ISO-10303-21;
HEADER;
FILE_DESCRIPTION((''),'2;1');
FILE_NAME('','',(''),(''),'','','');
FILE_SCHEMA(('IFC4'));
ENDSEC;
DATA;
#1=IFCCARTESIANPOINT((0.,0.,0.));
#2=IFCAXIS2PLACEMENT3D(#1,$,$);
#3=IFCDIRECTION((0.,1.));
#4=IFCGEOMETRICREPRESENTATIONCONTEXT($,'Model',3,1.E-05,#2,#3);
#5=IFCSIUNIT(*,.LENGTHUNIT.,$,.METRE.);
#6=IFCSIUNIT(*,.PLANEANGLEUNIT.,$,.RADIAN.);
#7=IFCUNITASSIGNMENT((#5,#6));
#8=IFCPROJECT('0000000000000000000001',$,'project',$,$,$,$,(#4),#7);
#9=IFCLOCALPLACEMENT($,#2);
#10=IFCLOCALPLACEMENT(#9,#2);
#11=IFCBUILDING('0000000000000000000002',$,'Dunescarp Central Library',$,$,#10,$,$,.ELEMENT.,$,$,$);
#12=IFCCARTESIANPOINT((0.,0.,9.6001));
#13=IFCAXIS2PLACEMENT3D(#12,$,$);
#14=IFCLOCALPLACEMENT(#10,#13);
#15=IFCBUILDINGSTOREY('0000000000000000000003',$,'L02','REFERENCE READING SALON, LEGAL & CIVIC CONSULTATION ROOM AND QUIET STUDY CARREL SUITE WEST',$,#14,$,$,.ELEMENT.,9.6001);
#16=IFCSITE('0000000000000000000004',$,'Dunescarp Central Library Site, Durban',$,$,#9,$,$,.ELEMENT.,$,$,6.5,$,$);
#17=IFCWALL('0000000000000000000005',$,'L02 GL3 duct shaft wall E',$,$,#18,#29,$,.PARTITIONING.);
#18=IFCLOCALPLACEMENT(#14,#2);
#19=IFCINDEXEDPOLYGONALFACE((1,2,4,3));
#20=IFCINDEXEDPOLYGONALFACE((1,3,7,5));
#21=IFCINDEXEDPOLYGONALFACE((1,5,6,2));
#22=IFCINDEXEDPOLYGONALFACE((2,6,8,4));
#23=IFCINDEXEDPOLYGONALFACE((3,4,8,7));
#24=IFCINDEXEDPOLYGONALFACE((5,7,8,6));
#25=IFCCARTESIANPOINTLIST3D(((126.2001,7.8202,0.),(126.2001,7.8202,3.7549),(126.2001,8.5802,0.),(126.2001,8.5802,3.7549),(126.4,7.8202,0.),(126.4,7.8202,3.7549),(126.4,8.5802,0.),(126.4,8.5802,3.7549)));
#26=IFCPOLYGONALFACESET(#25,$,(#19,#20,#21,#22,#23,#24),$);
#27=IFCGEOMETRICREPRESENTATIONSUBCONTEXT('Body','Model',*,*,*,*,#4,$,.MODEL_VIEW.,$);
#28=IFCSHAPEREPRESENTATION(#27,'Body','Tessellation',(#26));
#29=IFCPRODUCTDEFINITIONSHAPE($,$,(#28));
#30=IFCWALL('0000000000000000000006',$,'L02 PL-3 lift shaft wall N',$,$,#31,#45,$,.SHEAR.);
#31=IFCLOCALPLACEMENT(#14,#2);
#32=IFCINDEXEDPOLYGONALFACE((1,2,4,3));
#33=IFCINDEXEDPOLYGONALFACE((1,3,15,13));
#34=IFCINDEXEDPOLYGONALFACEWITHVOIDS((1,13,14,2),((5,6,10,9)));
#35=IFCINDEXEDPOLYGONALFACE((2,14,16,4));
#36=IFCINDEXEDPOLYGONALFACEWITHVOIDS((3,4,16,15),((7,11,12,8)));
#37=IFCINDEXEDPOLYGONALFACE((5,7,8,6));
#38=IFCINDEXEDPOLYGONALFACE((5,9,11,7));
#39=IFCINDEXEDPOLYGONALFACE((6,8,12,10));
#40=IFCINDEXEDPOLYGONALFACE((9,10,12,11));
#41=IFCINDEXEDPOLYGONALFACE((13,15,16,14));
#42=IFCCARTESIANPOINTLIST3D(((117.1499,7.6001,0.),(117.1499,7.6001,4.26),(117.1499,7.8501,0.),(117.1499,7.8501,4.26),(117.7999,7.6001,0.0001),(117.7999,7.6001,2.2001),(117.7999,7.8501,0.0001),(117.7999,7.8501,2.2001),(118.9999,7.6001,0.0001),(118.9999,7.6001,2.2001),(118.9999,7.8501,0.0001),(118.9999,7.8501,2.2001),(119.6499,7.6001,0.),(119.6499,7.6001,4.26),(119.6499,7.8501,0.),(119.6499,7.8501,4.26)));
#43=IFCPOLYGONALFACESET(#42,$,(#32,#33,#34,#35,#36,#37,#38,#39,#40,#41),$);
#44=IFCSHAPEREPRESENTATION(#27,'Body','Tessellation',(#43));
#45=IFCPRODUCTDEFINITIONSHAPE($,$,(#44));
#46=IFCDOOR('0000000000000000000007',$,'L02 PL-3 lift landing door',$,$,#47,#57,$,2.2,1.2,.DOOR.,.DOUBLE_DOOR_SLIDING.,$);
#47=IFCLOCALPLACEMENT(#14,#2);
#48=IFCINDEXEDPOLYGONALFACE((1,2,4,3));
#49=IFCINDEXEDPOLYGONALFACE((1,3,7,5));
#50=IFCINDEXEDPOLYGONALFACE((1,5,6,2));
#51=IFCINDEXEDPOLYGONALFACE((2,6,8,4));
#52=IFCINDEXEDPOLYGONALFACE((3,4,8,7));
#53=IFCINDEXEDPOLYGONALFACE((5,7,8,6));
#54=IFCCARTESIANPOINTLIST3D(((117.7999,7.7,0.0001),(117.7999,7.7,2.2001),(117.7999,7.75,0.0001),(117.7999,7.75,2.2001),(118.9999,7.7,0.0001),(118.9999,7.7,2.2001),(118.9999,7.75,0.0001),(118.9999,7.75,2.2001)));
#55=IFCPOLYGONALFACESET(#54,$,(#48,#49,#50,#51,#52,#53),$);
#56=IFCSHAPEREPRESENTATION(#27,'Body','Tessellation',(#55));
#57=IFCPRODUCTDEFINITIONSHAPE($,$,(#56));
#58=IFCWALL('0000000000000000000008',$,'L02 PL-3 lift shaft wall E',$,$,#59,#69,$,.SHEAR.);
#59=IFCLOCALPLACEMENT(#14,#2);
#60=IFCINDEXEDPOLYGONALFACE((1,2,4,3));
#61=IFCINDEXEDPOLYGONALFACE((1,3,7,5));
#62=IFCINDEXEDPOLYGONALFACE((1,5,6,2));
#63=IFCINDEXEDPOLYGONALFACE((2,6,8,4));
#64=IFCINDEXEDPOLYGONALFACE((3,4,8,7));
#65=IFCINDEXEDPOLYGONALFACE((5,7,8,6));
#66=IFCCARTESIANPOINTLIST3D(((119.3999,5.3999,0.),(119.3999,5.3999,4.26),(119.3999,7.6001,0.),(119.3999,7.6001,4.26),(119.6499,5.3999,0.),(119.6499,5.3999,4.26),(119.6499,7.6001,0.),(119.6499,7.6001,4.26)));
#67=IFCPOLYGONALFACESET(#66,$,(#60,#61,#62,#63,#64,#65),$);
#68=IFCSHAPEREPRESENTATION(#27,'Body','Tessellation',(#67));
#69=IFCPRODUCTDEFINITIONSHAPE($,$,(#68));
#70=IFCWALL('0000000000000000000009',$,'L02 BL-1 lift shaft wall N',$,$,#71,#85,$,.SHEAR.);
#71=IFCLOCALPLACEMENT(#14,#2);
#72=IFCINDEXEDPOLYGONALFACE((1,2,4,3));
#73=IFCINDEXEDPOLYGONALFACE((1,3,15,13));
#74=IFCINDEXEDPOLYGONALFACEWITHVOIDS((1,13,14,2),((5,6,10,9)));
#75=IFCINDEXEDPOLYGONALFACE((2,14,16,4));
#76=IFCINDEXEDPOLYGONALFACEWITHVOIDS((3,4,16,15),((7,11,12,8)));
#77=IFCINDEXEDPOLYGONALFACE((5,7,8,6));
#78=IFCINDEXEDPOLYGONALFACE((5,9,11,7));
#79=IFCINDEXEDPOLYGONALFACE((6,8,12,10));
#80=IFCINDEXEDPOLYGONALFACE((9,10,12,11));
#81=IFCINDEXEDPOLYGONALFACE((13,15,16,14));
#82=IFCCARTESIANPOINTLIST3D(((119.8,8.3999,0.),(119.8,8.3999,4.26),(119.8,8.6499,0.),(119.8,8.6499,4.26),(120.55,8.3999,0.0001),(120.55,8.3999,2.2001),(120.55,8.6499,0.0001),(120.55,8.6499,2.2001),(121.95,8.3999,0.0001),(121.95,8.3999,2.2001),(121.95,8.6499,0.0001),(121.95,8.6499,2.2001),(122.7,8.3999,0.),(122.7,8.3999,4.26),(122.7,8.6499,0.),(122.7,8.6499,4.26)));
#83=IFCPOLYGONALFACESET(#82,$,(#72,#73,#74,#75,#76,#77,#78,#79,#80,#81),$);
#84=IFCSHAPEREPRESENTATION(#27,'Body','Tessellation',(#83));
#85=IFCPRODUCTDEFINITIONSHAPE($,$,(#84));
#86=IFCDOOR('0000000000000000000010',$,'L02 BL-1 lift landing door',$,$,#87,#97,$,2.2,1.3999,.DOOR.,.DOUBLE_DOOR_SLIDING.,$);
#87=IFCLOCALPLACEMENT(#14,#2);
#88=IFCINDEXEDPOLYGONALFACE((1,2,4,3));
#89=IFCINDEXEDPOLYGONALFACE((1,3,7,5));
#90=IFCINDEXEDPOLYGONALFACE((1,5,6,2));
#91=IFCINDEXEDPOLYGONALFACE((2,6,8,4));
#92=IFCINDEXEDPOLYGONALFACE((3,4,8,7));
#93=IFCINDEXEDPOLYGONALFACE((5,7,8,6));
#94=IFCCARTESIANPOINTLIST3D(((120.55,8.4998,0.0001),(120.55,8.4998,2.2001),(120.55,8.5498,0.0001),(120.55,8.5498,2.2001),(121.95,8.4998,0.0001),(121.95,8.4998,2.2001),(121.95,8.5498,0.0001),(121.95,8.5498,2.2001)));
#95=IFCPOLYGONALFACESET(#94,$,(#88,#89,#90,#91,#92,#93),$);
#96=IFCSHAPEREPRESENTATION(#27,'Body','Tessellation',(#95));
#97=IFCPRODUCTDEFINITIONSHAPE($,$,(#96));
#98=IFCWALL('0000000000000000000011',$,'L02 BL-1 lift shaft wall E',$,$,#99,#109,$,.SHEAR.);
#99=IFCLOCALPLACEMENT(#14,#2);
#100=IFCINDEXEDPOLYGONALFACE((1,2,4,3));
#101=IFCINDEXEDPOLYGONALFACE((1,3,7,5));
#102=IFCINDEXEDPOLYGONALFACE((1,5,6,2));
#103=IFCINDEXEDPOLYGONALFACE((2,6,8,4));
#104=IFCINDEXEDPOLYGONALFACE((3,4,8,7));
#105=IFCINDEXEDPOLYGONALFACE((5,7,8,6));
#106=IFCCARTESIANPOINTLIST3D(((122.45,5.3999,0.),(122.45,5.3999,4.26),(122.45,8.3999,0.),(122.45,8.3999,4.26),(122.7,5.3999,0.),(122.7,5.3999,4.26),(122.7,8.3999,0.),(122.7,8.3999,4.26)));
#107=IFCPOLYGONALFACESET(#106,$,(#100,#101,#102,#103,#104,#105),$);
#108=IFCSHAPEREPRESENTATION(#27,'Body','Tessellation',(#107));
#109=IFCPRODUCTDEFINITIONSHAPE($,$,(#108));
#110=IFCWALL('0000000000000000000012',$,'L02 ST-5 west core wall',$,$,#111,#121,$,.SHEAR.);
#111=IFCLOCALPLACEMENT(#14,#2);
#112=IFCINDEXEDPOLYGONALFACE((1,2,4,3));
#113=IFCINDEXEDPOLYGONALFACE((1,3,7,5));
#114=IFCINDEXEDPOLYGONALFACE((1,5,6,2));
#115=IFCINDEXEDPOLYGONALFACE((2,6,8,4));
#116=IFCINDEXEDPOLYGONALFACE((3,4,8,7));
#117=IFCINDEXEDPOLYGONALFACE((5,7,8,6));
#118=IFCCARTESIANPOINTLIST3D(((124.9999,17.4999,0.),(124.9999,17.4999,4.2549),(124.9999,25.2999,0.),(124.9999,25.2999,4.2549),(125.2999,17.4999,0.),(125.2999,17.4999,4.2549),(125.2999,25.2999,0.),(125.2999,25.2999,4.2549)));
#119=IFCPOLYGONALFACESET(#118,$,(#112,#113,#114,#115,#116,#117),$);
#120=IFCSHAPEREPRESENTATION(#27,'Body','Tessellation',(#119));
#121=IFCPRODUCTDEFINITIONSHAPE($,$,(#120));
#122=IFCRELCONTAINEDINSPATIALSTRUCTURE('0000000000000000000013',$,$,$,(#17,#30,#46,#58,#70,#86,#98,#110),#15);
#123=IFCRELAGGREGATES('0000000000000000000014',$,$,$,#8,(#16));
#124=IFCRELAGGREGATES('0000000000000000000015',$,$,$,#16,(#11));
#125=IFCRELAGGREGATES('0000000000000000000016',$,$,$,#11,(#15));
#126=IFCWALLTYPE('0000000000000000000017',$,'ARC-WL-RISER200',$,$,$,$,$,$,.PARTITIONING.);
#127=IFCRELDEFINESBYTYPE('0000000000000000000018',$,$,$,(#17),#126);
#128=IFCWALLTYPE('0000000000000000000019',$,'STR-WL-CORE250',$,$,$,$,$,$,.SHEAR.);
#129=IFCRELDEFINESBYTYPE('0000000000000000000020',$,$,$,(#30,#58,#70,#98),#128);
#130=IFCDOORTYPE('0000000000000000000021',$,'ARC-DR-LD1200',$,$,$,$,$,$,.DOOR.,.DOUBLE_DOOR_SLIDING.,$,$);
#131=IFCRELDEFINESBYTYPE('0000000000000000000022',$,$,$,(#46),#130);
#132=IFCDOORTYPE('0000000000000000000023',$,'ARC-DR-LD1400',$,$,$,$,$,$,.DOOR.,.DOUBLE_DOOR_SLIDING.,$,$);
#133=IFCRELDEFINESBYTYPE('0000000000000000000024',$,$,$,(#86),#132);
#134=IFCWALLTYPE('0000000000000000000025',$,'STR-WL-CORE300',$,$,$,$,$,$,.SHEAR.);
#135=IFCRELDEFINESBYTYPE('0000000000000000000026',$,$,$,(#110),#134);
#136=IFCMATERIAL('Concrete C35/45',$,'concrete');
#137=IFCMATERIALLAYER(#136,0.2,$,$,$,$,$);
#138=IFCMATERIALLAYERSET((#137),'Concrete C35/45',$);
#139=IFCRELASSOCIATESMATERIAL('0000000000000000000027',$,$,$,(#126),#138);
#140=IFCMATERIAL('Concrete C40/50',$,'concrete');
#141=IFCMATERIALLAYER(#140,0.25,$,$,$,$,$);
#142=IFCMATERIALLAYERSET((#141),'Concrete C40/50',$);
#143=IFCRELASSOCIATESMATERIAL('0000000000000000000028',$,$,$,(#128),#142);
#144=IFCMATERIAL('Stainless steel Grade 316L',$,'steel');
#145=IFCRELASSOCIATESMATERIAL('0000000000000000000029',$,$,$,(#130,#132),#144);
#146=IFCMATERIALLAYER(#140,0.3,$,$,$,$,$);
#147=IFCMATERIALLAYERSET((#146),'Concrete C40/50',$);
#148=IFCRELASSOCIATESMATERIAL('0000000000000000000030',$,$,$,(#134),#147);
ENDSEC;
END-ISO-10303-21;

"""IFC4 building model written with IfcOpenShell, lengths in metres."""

from ifc_helpers import new_model, si_unit, direction, frame, frame_2d, origin, place, context, subcontext, project, spatial, rectangle, extrude, material, layer, layer_set, type_object, element, fill, save


model = new_model("IFC4")

# Units and contexts
model_context = context("Model", 3, precision=1e-05, world=origin(), true_north=direction((0.0, 1.0)))
body_context = subcontext(model_context, "Body", "Model", "MODEL_VIEW")
ifc_project = project(units=[si_unit("LENGTHUNIT", "METRE"), si_unit("PLANEANGLEUNIT", "RADIAN")], contexts=[model_context])

# Site, building, storey
site_placement = place(None, origin())
site = spatial("IfcSite", under=ifc_project, at=site_placement, Name="Dunescarp Central Library Site, Durban", CompositionType="ELEMENT", RefElevation=6.5)
building_placement = place(site_placement, origin())
building = spatial("IfcBuilding", under=site, at=building_placement, Name="Dunescarp Central Library", CompositionType="ELEMENT")
storey_placement = place(building_placement, frame((0.0, 0.0, 9.6001)))
storey = spatial("IfcBuildingStorey", under=building, at=storey_placement, Name="L02", Description="REFERENCE READING SALON, LEGAL & CIVIC CONSULTATION ROOM AND QUIET STUDY CARREL SUITE WEST", CompositionType="ELEMENT", Elevation=9.6001)

# Wall
ifc_material_1 = material(Name="Concrete C35/45", Category="concrete")
ifc_layer_1 = layer(ifc_material_1, 0.2)
ifc_layer_set_1 = layer_set([ifc_layer_1], Name="Concrete C35/45")
wall_type_1 = type_object("IfcWallType", Name="ARC-WL-RISER200", PredefinedType="PARTITIONING", material=ifc_layer_set_1)
for number, where, z_axis, x_axis, name in (
    (1, (126.3, 8.5801, 0.0), (0.0, 0.0, 1.0), (0.0, -1.0, 0.0), "L02 GL3 duct shaft wall E"),
):
    element("IfcWall", number, at=place(storey_placement, frame(where, z_axis=z_axis, x_axis=x_axis)), inside=storey, type_object=wall_type_1, Name=name, PredefinedType="PARTITIONING", context=body_context, shape_type="SweptSolid", body=[
        extrude(rectangle(XDim=0.76, YDim=0.2, at=frame_2d((0.3799, 0.0))), origin(), (0.0, 0.0, 1.0), 3.7549),
    ])

# Wall, opening, door
ifc_material_2 = material(Name="Concrete C40/50", Category="concrete")
ifc_layer_2 = layer(ifc_material_2, 0.25)
ifc_layer_set_2 = layer_set([ifc_layer_2], Name="Concrete C40/50")
wall_type_2 = type_object("IfcWallType", Name="STR-WL-CORE250", PredefinedType="SHEAR", material=ifc_layer_set_2)
wall_1_placement = place(storey_placement, frame((117.1499, 7.7251, 0.0), z_axis=(0.0, 0.0, 1.0), x_axis=(1.0, 0.0, 0.0)))
wall_1 = element("IfcWall", 2, at=wall_1_placement, inside=storey, type_object=wall_type_2, Name="L02 PL-3 lift shaft wall N", PredefinedType="SHEAR", context=body_context, shape_type="SweptSolid", body=[
    extrude(rectangle(XDim=2.5, YDim=0.25, at=frame_2d((1.25, 0.0))), origin(), (0.0, 0.0, 1.0), 4.26),
])
opening_1_placement = place(wall_1_placement, frame((0.6499, 0.0, 0.0)))
opening_1 = element("IfcOpeningElement", 3, at=opening_1_placement, cuts=wall_1, PredefinedType="OPENING", context=body_context, shape_type="SweptSolid", body=[
    extrude(rectangle(XDim=1.2, YDim=2.2, at=frame_2d((0.6001, 1.1001))), frame((0.0, 0.135, 0.0), z_axis=(0.0, -1.0, 0.0), x_axis=(1.0, 0.0, 0.0)), (0.0, 0.0, 1.0), 0.27),
])
ifc_material_3 = material(Name="Stainless steel Grade 316L", Category="steel")
door_type_1 = type_object("IfcDoorType", Name="ARC-DR-LD1200", OperationType="DOUBLE_DOOR_SLIDING", PredefinedType="DOOR", material=ifc_material_3)
door_1_placement = place(opening_1_placement, origin())
door_1 = element("IfcDoor", 4, at=door_1_placement, inside=storey, type_object=door_type_1, Name="L02 PL-3 lift landing door", OperationType="DOUBLE_DOOR_SLIDING", OverallHeight=2.2, OverallWidth=1.2, PredefinedType="DOOR", context=body_context, shape_type="SweptSolid", body=[
    extrude(rectangle(XDim=1.2, YDim=2.2, at=frame_2d((0.6001, 1.1001))), frame((0.0, 0.0249, 0.0), z_axis=(0.0, -1.0, 0.0), x_axis=(1.0, 0.0, 0.0)), (0.0, 0.0, 1.0), 0.05),
])
fill(opening_1, door_1)

# Wall
wall_2_placement = place(storey_placement, frame((119.5249, 7.6001, 0.0), z_axis=(0.0, 0.0, 1.0), x_axis=(0.0, -1.0, 0.0)))
element("IfcWall", 5, at=wall_2_placement, inside=storey, type_object=wall_type_2, Name="L02 PL-3 lift shaft wall E", PredefinedType="SHEAR", context=body_context, shape_type="SweptSolid", body=[
    extrude(rectangle(XDim=2.2002, YDim=0.25, at=frame_2d((1.1001, 0.0))), origin(), (0.0, 0.0, 1.0), 4.26),
])

# Wall, opening, door
wall_3_placement = place(storey_placement, frame((119.8, 8.5249, 0.0), z_axis=(0.0, 0.0, 1.0), x_axis=(1.0, 0.0, 0.0)))
wall_3 = element("IfcWall", 6, at=wall_3_placement, inside=storey, type_object=wall_type_2, Name="L02 BL-1 lift shaft wall N", PredefinedType="SHEAR", context=body_context, shape_type="SweptSolid", body=[
    extrude(rectangle(XDim=2.8999, YDim=0.25, at=frame_2d((1.45, 0.0))), origin(), (0.0, 0.0, 1.0), 4.26),
])
opening_2_placement = place(wall_3_placement, frame((0.75, 0.0, 0.0)))
opening_2 = element("IfcOpeningElement", 7, at=opening_2_placement, cuts=wall_3, PredefinedType="OPENING", context=body_context, shape_type="SweptSolid", body=[
    extrude(rectangle(XDim=1.3999, YDim=2.2, at=frame_2d((0.7, 1.1001))), frame((0.0, 0.135, 0.0), z_axis=(0.0, -1.0, 0.0), x_axis=(1.0, 0.0, 0.0)), (0.0, 0.0, 1.0), 0.27),
])
door_type_2 = type_object("IfcDoorType", Name="ARC-DR-LD1400", OperationType="DOUBLE_DOOR_SLIDING", PredefinedType="DOOR", material=ifc_material_3)
door_2_placement = place(opening_2_placement, origin())
door_2 = element("IfcDoor", 8, at=door_2_placement, inside=storey, type_object=door_type_2, Name="L02 BL-1 lift landing door", OperationType="DOUBLE_DOOR_SLIDING", OverallHeight=2.2, OverallWidth=1.3999, PredefinedType="DOOR", context=body_context, shape_type="SweptSolid", body=[
    extrude(rectangle(XDim=1.3999, YDim=2.2, at=frame_2d((0.7, 1.1001))), frame((0.0, 0.0249, 0.0), z_axis=(0.0, -1.0, 0.0), x_axis=(1.0, 0.0, 0.0)), (0.0, 0.0, 1.0), 0.05),
])
fill(opening_2, door_2)

# Walls
wall_4_placement = place(storey_placement, frame((122.575, 8.3999, 0.0), z_axis=(0.0, 0.0, 1.0), x_axis=(0.0, -1.0, 0.0)))
element("IfcWall", 9, at=wall_4_placement, inside=storey, type_object=wall_type_2, Name="L02 BL-1 lift shaft wall E", PredefinedType="SHEAR", context=body_context, shape_type="SweptSolid", body=[
    extrude(rectangle(XDim=3.0, YDim=0.25, at=frame_2d((1.5, 0.0))), origin(), (0.0, 0.0, 1.0), 4.26),
])
ifc_layer_3 = layer(ifc_material_2, 0.3)
ifc_layer_set_3 = layer_set([ifc_layer_3], Name="Concrete C40/50")
wall_type_3 = type_object("IfcWallType", Name="STR-WL-CORE300", PredefinedType="SHEAR", material=ifc_layer_set_3)
wall_5_placement = place(storey_placement, frame((125.1499, 17.5, 0.0), z_axis=(0.0, 0.0, 1.0), x_axis=(0.0, 1.0, 0.0)))
element("IfcWall", 10, at=wall_5_placement, inside=storey, type_object=wall_type_3, Name="L02 ST-5 west core wall", PredefinedType="SHEAR", context=body_context, shape_type="SweptSolid", body=[
    extrude(rectangle(XDim=7.8, YDim=0.3, at=frame_2d((3.8999, 0.0))), origin(), (0.0, 0.0, 1.0), 4.2549),
])

save(model, "model.ifc")
